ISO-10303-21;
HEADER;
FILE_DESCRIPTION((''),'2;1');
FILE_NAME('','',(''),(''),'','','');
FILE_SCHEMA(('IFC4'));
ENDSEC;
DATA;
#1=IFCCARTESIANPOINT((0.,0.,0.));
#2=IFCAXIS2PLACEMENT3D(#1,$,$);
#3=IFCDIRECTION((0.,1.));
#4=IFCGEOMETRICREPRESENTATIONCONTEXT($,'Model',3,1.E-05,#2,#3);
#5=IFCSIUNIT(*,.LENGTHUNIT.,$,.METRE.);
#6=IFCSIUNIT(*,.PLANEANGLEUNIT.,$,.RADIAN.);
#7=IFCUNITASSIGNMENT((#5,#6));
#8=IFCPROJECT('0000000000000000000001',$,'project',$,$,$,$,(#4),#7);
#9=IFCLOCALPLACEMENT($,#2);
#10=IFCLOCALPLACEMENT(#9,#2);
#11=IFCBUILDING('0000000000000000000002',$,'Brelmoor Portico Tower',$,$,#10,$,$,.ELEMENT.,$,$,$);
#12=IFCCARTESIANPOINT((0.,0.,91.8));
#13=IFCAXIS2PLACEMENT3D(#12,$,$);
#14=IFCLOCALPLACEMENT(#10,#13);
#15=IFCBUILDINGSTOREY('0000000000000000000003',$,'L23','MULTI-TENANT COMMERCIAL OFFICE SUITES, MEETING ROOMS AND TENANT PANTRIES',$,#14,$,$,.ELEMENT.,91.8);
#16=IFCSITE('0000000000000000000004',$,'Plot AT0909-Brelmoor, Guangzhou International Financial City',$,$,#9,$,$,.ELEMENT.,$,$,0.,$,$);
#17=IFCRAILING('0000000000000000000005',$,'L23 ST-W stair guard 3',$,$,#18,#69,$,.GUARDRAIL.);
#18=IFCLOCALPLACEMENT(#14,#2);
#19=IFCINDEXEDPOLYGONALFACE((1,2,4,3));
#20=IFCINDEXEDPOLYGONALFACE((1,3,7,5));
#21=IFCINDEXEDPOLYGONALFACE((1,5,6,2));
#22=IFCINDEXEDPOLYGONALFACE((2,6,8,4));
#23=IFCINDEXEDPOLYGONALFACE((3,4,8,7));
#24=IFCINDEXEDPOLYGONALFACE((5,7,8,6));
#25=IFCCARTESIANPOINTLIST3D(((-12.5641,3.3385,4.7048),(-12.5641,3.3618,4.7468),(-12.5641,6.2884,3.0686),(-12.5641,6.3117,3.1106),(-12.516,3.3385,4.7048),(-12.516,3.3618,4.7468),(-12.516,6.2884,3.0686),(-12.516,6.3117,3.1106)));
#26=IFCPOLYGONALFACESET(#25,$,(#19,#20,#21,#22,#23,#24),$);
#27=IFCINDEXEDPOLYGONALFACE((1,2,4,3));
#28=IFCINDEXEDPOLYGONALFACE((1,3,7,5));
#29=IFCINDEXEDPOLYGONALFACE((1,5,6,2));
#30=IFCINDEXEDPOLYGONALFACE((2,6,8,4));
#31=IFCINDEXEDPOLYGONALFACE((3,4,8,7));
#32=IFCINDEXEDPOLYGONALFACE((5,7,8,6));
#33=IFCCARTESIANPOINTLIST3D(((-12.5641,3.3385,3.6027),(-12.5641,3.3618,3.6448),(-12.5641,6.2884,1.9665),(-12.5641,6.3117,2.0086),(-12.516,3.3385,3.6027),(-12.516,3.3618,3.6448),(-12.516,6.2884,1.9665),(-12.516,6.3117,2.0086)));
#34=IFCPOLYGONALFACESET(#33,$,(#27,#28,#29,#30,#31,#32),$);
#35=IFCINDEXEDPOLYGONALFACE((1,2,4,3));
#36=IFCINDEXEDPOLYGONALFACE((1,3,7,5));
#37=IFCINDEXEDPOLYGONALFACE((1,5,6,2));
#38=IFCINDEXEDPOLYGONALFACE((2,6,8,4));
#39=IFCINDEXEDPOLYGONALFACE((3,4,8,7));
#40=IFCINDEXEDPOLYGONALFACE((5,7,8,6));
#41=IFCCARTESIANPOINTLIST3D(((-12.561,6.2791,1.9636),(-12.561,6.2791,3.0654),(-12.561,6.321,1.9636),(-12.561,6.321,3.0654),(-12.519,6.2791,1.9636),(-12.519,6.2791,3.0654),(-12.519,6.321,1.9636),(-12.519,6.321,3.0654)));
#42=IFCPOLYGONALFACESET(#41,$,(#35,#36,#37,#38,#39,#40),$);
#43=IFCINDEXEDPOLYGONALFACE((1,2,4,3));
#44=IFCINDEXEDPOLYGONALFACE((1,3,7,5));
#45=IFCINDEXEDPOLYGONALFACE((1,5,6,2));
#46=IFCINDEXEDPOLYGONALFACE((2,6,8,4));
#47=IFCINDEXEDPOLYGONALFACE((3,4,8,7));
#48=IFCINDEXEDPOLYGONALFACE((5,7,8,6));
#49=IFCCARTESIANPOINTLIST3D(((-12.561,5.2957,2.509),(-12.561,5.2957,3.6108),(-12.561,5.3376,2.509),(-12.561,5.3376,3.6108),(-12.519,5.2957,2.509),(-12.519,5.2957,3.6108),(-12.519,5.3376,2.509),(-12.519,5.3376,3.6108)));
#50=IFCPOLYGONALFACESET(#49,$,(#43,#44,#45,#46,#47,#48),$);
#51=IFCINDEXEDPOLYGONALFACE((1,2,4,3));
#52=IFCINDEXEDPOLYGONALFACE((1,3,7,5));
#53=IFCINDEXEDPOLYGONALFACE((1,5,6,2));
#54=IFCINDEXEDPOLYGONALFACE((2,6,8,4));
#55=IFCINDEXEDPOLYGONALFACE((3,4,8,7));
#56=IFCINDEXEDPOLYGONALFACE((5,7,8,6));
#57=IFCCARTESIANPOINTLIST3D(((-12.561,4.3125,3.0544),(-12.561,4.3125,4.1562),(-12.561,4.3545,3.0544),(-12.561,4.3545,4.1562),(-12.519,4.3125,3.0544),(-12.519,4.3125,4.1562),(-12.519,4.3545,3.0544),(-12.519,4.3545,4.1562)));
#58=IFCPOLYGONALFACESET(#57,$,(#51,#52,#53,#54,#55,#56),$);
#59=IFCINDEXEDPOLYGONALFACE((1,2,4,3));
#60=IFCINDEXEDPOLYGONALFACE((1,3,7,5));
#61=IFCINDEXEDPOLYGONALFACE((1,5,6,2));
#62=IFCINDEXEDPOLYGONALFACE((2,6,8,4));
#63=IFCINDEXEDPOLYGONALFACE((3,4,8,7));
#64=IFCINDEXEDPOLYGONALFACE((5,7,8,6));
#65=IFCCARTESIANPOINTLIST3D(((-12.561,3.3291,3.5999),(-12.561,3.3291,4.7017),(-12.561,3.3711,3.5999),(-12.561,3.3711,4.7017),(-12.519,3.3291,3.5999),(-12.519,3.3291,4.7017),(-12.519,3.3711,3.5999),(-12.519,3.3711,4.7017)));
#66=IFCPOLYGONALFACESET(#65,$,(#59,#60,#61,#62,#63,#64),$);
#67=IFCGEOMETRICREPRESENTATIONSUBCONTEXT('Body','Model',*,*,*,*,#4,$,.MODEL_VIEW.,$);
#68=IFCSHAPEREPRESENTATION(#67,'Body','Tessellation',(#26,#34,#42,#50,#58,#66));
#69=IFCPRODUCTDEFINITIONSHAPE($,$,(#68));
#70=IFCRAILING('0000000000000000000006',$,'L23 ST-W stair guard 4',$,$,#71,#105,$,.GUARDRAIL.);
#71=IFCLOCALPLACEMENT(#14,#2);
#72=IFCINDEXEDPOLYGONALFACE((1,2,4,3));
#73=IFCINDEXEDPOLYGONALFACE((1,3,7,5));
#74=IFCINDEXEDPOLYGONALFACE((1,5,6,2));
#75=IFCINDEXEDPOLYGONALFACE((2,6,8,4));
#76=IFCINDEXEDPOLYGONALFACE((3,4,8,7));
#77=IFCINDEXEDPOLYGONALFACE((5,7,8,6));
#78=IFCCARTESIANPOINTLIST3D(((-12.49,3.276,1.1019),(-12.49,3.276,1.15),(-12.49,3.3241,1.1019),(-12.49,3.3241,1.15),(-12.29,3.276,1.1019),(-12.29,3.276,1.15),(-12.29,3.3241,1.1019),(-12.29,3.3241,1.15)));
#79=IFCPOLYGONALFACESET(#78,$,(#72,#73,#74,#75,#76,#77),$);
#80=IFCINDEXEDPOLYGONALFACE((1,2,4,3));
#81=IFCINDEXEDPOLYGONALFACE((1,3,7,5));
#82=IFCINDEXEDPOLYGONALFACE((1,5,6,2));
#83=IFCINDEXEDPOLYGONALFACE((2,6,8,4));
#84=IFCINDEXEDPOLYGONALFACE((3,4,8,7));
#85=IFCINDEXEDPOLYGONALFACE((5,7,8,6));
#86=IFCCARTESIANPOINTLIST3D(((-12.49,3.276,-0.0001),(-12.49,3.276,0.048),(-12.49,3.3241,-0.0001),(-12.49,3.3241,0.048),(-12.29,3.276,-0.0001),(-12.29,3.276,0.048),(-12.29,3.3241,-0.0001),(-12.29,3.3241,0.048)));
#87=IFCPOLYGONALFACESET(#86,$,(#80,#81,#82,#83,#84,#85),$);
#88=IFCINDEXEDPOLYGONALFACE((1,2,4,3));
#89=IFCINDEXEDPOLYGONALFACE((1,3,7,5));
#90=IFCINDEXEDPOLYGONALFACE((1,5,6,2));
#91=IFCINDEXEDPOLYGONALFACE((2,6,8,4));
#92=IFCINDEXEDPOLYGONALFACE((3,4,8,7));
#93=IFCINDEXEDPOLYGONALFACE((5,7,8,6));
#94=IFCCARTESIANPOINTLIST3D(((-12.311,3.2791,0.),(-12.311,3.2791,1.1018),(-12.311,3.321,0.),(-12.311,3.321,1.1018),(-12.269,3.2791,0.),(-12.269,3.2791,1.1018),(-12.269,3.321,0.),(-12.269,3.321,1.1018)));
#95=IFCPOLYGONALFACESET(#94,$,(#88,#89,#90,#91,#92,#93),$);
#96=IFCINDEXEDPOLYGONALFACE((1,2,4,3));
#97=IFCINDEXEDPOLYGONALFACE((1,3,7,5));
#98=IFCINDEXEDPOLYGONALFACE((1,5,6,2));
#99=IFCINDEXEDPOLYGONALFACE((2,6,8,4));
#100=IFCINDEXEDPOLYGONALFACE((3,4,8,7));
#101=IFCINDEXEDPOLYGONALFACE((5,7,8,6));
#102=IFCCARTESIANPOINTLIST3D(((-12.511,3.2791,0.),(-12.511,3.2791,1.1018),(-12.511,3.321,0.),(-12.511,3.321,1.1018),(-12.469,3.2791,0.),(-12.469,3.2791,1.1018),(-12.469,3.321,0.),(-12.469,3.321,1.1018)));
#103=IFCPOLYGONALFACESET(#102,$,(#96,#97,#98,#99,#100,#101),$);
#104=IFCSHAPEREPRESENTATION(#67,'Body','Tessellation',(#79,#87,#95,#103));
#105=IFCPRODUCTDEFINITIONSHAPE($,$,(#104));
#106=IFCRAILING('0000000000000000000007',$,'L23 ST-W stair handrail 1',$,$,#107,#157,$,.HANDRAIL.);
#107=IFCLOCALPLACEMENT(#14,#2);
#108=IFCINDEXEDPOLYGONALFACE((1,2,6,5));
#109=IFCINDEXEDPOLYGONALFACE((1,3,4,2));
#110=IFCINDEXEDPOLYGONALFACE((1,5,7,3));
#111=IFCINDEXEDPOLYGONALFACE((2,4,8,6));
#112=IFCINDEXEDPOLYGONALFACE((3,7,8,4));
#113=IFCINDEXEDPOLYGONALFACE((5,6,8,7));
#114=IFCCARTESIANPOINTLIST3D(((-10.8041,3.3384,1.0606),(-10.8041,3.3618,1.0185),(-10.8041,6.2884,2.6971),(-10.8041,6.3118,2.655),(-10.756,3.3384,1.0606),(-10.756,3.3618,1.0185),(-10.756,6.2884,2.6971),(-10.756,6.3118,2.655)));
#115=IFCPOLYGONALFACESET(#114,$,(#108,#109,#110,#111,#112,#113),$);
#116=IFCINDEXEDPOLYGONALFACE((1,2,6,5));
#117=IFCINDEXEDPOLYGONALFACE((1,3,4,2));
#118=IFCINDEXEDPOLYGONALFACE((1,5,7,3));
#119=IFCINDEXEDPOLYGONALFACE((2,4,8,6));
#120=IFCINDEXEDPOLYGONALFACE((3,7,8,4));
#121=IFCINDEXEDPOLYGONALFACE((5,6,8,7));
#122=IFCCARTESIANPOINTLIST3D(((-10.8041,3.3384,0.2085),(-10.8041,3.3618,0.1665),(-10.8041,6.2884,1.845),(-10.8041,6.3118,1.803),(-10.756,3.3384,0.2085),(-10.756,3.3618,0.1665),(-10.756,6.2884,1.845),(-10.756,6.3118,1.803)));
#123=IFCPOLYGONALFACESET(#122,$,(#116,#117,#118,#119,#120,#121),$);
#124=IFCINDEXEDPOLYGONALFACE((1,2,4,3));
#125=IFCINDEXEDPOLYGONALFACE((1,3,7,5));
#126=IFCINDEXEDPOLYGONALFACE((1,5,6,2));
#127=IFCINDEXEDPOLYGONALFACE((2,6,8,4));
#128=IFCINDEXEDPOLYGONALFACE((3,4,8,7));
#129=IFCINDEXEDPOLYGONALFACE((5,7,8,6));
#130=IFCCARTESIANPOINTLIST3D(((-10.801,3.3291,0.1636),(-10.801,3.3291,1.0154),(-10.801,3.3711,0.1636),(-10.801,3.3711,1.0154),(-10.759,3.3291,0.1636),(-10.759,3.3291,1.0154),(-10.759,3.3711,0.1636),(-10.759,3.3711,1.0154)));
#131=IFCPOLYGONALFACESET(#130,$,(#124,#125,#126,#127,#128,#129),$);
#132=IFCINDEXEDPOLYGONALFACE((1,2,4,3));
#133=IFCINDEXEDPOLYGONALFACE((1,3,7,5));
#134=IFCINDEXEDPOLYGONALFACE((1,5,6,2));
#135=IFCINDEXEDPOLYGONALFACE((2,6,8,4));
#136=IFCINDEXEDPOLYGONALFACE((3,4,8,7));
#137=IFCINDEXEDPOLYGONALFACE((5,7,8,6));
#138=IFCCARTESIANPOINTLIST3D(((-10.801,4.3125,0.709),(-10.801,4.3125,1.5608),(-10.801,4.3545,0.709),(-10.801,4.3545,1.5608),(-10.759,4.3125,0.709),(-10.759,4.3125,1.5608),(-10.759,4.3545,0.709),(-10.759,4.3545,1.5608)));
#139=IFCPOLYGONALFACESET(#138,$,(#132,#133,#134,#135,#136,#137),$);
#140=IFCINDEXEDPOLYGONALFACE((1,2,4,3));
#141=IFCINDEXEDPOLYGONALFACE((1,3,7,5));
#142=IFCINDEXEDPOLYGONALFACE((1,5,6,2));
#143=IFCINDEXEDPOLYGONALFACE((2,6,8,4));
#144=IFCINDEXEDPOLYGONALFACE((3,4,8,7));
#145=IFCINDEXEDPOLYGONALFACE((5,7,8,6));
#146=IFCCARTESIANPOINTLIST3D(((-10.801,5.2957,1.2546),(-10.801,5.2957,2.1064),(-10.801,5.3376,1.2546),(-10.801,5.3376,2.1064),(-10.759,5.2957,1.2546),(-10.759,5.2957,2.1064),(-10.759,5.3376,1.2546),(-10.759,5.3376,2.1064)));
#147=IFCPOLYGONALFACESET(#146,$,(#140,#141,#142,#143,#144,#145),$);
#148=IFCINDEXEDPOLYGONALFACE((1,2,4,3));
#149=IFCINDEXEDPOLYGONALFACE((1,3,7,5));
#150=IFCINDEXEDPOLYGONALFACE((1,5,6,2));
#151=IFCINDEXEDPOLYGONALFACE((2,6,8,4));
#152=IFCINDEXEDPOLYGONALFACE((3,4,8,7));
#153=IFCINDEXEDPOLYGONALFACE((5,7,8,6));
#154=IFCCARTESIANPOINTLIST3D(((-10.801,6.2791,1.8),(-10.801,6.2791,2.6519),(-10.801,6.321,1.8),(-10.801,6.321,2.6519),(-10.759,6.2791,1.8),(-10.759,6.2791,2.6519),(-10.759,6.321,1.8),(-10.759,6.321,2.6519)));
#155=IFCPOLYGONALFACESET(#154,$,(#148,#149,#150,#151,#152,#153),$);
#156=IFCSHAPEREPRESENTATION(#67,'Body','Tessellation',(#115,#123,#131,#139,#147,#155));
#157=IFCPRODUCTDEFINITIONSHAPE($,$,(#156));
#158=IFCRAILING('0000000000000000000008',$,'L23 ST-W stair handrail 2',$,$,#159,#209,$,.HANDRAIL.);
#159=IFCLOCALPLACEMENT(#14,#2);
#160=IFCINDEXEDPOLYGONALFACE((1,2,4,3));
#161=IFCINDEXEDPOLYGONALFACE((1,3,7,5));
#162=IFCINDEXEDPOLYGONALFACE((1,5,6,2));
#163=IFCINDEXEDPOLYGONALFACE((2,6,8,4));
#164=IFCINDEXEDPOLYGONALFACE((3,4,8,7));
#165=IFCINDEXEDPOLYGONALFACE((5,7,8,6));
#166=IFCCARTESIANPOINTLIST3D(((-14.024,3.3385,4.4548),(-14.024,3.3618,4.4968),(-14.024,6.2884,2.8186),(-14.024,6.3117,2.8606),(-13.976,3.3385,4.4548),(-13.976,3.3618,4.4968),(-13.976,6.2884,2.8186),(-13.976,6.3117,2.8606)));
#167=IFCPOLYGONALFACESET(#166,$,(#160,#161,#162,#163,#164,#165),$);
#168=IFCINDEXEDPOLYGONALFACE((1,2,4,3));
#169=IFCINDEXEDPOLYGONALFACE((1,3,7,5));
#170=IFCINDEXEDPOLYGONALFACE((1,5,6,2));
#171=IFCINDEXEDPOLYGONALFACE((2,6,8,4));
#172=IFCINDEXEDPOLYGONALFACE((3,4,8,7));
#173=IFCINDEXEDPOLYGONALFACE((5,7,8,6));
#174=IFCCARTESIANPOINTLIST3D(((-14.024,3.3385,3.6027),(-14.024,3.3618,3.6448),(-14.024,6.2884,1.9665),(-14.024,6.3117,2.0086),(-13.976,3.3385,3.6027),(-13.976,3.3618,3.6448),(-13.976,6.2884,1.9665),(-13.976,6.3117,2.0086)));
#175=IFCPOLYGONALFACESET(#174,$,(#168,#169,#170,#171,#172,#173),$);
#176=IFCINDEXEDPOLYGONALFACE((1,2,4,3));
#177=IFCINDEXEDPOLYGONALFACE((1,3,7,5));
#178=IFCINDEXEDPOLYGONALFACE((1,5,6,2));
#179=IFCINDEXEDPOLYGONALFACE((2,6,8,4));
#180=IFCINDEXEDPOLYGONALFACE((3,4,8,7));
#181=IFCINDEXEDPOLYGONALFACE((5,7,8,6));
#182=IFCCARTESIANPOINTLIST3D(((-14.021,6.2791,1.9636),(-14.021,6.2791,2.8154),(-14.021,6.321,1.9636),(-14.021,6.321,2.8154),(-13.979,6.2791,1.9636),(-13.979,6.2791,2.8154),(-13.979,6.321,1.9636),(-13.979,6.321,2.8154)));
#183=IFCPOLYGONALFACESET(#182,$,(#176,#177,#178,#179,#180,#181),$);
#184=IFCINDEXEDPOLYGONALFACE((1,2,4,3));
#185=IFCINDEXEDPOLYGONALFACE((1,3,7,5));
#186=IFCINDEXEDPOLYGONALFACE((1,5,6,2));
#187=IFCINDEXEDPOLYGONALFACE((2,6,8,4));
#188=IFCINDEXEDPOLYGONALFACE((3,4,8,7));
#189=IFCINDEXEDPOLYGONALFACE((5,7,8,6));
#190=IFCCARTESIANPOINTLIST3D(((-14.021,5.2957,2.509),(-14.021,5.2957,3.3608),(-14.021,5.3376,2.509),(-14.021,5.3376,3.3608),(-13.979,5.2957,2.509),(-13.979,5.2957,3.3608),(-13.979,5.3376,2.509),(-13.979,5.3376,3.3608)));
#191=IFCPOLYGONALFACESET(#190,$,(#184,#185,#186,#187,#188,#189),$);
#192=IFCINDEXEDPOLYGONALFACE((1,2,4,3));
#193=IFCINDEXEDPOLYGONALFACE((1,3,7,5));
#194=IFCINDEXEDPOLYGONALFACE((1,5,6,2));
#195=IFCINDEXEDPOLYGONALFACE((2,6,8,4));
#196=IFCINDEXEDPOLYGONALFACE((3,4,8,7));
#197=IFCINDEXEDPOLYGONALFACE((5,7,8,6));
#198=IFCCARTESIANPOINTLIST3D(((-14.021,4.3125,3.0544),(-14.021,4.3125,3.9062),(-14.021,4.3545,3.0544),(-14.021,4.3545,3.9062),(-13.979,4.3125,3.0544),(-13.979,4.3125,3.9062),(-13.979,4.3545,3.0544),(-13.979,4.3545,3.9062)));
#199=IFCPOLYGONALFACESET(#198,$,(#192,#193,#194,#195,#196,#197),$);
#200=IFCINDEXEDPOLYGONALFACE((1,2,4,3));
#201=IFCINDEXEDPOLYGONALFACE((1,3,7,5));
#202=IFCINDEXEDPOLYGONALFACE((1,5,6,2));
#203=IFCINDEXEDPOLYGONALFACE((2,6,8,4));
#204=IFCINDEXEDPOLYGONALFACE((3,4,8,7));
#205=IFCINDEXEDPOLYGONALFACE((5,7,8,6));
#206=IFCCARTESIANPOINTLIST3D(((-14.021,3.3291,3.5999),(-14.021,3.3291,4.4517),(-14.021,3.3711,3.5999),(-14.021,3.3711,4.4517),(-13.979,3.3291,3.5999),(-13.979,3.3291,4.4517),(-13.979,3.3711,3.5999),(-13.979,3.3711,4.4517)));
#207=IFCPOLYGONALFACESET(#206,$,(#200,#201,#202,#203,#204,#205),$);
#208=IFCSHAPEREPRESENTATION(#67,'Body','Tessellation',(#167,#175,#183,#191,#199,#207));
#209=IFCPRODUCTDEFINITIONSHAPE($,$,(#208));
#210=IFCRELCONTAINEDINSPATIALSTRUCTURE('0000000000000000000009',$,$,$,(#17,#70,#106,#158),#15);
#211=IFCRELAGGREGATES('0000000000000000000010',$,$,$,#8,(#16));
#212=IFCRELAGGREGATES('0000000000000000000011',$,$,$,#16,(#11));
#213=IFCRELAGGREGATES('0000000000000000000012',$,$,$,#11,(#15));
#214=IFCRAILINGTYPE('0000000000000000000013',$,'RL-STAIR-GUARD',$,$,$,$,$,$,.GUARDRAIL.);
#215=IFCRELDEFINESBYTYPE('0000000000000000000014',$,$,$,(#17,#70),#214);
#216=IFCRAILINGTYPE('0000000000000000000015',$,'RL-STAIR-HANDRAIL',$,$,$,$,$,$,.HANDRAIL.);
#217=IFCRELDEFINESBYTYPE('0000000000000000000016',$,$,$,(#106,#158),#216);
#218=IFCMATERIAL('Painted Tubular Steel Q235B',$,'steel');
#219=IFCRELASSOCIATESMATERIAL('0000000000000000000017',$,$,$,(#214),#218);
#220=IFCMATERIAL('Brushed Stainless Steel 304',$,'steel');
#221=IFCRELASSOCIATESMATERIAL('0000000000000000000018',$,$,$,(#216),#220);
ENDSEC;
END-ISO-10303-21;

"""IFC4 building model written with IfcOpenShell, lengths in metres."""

from ifc_helpers import new_model, si_unit, direction, frame, origin, origin_2d, place, context, subcontext, project, spatial, rectangle, extrude, material, type_object, element, save


model = new_model("IFC4")

# Units and contexts
model_context = context("Model", 3, precision=1e-05, world=origin(), true_north=direction((0.0, 1.0)))
body_context = subcontext(model_context, "Body", "Model", "MODEL_VIEW")
ifc_project = project(units=[si_unit("LENGTHUNIT", "METRE"), si_unit("PLANEANGLEUNIT", "RADIAN")], contexts=[model_context])

# Site, building, storey
site_placement = place(None, origin())
site = spatial("IfcSite", under=ifc_project, at=site_placement, Name="Plot AT0909-Brelmoor, Guangzhou International Financial City", CompositionType="ELEMENT", RefElevation=0.0)
building_placement = place(site_placement, origin())
building = spatial("IfcBuilding", under=site, at=building_placement, Name="Brelmoor Portico Tower", CompositionType="ELEMENT")
storey_placement = place(building_placement, frame((0.0, 0.0, 91.8)))
storey = spatial("IfcBuildingStorey", under=building, at=storey_placement, Name="L23", Description="MULTI-TENANT COMMERCIAL OFFICE SUITES, MEETING ROOMS AND TENANT PANTRIES", CompositionType="ELEMENT", Elevation=91.8)

# Railings
ifc_material_1 = material(Name="Painted Tubular Steel Q235B", Category="steel")
railing_type_1 = type_object("IfcRailingType", Name="RL-STAIR-GUARD", PredefinedType="GUARDRAIL", material=ifc_material_1)
railing_1_placement = place(storey_placement, frame((-12.54, 6.3, 1.9636)))
element("IfcRailing", 1, at=railing_1_placement, inside=storey, type_object=railing_type_1, Name="L23 ST-W stair guard 3", PredefinedType="GUARDRAIL", context=body_context, shape_type="SweptSolid", body=[
    extrude(rectangle(XDim=0.0481, YDim=0.0481, at=origin_2d()), frame((0.0, 0.0, 1.126), z_axis=(0.0, -0.874488, 0.485047), x_axis=(1.0, 0.0, 0.0)), (0.0, 0.0, 1.0), 3.3733),
    extrude(rectangle(XDim=0.0481, YDim=0.0481, at=origin_2d()), frame((0.0, 0.0, 0.0239), z_axis=(0.0, -0.874488, 0.485047), x_axis=(1.0, 0.0, 0.0)), (0.0, 0.0, 1.0), 3.3733),
    extrude(rectangle(XDim=0.042, YDim=0.042, at=origin_2d()), origin(), (0.0, 0.0, 1.0), 1.1018),
    extrude(rectangle(XDim=0.042, YDim=0.042, at=origin_2d()), frame((0.0, -0.9834, 0.5454)), (0.0, 0.0, 1.0), 1.1018),
    extrude(rectangle(XDim=0.042, YDim=0.042, at=origin_2d()), frame((0.0, -1.9666, 1.0908)), (0.0, 0.0, 1.0), 1.1018),
    extrude(rectangle(XDim=0.042, YDim=0.042, at=origin_2d()), frame((0.0, -2.95, 1.6362)), (0.0, 0.0, 1.0), 1.1018),
])
railing_2_placement = place(storey_placement, frame((-12.29, 3.3, 0.0)))
element("IfcRailing", 2, at=railing_2_placement, inside=storey, type_object=railing_type_1, Name="L23 ST-W stair guard 4", PredefinedType="GUARDRAIL", context=body_context, shape_type="SweptSolid", body=[
    extrude(rectangle(XDim=0.0481, YDim=0.0481, at=origin_2d()), frame((0.0, 0.0, 1.126), z_axis=(-1.0, 0.0, 0.0), x_axis=(0.0, -1.0, 0.0)), (0.0, 0.0, 1.0), 0.2),
    extrude(rectangle(XDim=0.0481, YDim=0.0481, at=origin_2d()), frame((0.0, 0.0, 0.0239), z_axis=(-1.0, 0.0, 0.0), x_axis=(0.0, -1.0, 0.0)), (0.0, 0.0, 1.0), 0.2),
    extrude(rectangle(XDim=0.042, YDim=0.042, at=origin_2d()), origin(), (0.0, 0.0, 1.0), 1.1018),
    extrude(rectangle(XDim=0.042, YDim=0.042, at=origin_2d()), frame((-0.2, 0.0, 0.0)), (0.0, 0.0, 1.0), 1.1018),
])
ifc_material_2 = material(Name="Brushed Stainless Steel 304", Category="steel")
railing_type_2 = type_object("IfcRailingType", Name="RL-STAIR-HANDRAIL", PredefinedType="HANDRAIL", material=ifc_material_2)
railing_3_placement = place(storey_placement, frame((-10.78, 3.3501, 0.1636)))
element("IfcRailing", 3, at=railing_3_placement, inside=storey, type_object=railing_type_2, Name="L23 ST-W stair handrail 1", PredefinedType="HANDRAIL", context=body_context, shape_type="SweptSolid", body=[
    extrude(rectangle(XDim=0.0481, YDim=0.0481, at=origin_2d()), frame((0.0, 0.0, 0.876), z_axis=(0.0, 0.874458, 0.485102), x_axis=(-1.0, 0.0, 0.0)), (0.0, 0.0, 1.0), 3.3735),
    extrude(rectangle(XDim=0.0481, YDim=0.0481, at=origin_2d()), frame((0.0, 0.0, 0.0239), z_axis=(0.0, 0.874458, 0.485102), x_axis=(-1.0, 0.0, 0.0)), (0.0, 0.0, 1.0), 3.3735),
    extrude(rectangle(XDim=0.042, YDim=0.042, at=origin_2d()), origin(), (0.0, 0.0, 1.0), 0.8518),
    extrude(rectangle(XDim=0.042, YDim=0.042, at=origin_2d()), frame((0.0, 0.9834, 0.5454)), (0.0, 0.0, 1.0), 0.8518),
    extrude(rectangle(XDim=0.042, YDim=0.042, at=origin_2d()), frame((0.0, 1.9666, 1.0911)), (0.0, 0.0, 1.0), 0.8518),
    extrude(rectangle(XDim=0.042, YDim=0.042, at=origin_2d()), frame((0.0, 2.95, 1.6365)), (0.0, 0.0, 1.0), 0.8518),
])
railing_4_placement = place(storey_placement, frame((-14.0, 6.3, 1.9636)))
element("IfcRailing", 4, at=railing_4_placement, inside=storey, type_object=railing_type_2, Name="L23 ST-W stair handrail 2", PredefinedType="HANDRAIL", context=body_context, shape_type="SweptSolid", body=[
    extrude(rectangle(XDim=0.0481, YDim=0.0481, at=origin_2d()), frame((0.0, 0.0, 0.876), z_axis=(0.0, -0.874488, 0.485047), x_axis=(1.0, 0.0, 0.0)), (0.0, 0.0, 1.0), 3.3733),
    extrude(rectangle(XDim=0.0481, YDim=0.0481, at=origin_2d()), frame((0.0, 0.0, 0.0239), z_axis=(0.0, -0.874488, 0.485047), x_axis=(1.0, 0.0, 0.0)), (0.0, 0.0, 1.0), 3.3733),
    extrude(rectangle(XDim=0.042, YDim=0.042, at=origin_2d()), origin(), (0.0, 0.0, 1.0), 0.8518),
    extrude(rectangle(XDim=0.042, YDim=0.042, at=origin_2d()), frame((0.0, -0.9834, 0.5454)), (0.0, 0.0, 1.0), 0.8518),
    extrude(rectangle(XDim=0.042, YDim=0.042, at=origin_2d()), frame((0.0, -1.9666, 1.0908)), (0.0, 0.0, 1.0), 0.8518),
    extrude(rectangle(XDim=0.042, YDim=0.042, at=origin_2d()), frame((0.0, -2.95, 1.6362)), (0.0, 0.0, 1.0), 0.8518),
])

save(model, "model.ifc")
